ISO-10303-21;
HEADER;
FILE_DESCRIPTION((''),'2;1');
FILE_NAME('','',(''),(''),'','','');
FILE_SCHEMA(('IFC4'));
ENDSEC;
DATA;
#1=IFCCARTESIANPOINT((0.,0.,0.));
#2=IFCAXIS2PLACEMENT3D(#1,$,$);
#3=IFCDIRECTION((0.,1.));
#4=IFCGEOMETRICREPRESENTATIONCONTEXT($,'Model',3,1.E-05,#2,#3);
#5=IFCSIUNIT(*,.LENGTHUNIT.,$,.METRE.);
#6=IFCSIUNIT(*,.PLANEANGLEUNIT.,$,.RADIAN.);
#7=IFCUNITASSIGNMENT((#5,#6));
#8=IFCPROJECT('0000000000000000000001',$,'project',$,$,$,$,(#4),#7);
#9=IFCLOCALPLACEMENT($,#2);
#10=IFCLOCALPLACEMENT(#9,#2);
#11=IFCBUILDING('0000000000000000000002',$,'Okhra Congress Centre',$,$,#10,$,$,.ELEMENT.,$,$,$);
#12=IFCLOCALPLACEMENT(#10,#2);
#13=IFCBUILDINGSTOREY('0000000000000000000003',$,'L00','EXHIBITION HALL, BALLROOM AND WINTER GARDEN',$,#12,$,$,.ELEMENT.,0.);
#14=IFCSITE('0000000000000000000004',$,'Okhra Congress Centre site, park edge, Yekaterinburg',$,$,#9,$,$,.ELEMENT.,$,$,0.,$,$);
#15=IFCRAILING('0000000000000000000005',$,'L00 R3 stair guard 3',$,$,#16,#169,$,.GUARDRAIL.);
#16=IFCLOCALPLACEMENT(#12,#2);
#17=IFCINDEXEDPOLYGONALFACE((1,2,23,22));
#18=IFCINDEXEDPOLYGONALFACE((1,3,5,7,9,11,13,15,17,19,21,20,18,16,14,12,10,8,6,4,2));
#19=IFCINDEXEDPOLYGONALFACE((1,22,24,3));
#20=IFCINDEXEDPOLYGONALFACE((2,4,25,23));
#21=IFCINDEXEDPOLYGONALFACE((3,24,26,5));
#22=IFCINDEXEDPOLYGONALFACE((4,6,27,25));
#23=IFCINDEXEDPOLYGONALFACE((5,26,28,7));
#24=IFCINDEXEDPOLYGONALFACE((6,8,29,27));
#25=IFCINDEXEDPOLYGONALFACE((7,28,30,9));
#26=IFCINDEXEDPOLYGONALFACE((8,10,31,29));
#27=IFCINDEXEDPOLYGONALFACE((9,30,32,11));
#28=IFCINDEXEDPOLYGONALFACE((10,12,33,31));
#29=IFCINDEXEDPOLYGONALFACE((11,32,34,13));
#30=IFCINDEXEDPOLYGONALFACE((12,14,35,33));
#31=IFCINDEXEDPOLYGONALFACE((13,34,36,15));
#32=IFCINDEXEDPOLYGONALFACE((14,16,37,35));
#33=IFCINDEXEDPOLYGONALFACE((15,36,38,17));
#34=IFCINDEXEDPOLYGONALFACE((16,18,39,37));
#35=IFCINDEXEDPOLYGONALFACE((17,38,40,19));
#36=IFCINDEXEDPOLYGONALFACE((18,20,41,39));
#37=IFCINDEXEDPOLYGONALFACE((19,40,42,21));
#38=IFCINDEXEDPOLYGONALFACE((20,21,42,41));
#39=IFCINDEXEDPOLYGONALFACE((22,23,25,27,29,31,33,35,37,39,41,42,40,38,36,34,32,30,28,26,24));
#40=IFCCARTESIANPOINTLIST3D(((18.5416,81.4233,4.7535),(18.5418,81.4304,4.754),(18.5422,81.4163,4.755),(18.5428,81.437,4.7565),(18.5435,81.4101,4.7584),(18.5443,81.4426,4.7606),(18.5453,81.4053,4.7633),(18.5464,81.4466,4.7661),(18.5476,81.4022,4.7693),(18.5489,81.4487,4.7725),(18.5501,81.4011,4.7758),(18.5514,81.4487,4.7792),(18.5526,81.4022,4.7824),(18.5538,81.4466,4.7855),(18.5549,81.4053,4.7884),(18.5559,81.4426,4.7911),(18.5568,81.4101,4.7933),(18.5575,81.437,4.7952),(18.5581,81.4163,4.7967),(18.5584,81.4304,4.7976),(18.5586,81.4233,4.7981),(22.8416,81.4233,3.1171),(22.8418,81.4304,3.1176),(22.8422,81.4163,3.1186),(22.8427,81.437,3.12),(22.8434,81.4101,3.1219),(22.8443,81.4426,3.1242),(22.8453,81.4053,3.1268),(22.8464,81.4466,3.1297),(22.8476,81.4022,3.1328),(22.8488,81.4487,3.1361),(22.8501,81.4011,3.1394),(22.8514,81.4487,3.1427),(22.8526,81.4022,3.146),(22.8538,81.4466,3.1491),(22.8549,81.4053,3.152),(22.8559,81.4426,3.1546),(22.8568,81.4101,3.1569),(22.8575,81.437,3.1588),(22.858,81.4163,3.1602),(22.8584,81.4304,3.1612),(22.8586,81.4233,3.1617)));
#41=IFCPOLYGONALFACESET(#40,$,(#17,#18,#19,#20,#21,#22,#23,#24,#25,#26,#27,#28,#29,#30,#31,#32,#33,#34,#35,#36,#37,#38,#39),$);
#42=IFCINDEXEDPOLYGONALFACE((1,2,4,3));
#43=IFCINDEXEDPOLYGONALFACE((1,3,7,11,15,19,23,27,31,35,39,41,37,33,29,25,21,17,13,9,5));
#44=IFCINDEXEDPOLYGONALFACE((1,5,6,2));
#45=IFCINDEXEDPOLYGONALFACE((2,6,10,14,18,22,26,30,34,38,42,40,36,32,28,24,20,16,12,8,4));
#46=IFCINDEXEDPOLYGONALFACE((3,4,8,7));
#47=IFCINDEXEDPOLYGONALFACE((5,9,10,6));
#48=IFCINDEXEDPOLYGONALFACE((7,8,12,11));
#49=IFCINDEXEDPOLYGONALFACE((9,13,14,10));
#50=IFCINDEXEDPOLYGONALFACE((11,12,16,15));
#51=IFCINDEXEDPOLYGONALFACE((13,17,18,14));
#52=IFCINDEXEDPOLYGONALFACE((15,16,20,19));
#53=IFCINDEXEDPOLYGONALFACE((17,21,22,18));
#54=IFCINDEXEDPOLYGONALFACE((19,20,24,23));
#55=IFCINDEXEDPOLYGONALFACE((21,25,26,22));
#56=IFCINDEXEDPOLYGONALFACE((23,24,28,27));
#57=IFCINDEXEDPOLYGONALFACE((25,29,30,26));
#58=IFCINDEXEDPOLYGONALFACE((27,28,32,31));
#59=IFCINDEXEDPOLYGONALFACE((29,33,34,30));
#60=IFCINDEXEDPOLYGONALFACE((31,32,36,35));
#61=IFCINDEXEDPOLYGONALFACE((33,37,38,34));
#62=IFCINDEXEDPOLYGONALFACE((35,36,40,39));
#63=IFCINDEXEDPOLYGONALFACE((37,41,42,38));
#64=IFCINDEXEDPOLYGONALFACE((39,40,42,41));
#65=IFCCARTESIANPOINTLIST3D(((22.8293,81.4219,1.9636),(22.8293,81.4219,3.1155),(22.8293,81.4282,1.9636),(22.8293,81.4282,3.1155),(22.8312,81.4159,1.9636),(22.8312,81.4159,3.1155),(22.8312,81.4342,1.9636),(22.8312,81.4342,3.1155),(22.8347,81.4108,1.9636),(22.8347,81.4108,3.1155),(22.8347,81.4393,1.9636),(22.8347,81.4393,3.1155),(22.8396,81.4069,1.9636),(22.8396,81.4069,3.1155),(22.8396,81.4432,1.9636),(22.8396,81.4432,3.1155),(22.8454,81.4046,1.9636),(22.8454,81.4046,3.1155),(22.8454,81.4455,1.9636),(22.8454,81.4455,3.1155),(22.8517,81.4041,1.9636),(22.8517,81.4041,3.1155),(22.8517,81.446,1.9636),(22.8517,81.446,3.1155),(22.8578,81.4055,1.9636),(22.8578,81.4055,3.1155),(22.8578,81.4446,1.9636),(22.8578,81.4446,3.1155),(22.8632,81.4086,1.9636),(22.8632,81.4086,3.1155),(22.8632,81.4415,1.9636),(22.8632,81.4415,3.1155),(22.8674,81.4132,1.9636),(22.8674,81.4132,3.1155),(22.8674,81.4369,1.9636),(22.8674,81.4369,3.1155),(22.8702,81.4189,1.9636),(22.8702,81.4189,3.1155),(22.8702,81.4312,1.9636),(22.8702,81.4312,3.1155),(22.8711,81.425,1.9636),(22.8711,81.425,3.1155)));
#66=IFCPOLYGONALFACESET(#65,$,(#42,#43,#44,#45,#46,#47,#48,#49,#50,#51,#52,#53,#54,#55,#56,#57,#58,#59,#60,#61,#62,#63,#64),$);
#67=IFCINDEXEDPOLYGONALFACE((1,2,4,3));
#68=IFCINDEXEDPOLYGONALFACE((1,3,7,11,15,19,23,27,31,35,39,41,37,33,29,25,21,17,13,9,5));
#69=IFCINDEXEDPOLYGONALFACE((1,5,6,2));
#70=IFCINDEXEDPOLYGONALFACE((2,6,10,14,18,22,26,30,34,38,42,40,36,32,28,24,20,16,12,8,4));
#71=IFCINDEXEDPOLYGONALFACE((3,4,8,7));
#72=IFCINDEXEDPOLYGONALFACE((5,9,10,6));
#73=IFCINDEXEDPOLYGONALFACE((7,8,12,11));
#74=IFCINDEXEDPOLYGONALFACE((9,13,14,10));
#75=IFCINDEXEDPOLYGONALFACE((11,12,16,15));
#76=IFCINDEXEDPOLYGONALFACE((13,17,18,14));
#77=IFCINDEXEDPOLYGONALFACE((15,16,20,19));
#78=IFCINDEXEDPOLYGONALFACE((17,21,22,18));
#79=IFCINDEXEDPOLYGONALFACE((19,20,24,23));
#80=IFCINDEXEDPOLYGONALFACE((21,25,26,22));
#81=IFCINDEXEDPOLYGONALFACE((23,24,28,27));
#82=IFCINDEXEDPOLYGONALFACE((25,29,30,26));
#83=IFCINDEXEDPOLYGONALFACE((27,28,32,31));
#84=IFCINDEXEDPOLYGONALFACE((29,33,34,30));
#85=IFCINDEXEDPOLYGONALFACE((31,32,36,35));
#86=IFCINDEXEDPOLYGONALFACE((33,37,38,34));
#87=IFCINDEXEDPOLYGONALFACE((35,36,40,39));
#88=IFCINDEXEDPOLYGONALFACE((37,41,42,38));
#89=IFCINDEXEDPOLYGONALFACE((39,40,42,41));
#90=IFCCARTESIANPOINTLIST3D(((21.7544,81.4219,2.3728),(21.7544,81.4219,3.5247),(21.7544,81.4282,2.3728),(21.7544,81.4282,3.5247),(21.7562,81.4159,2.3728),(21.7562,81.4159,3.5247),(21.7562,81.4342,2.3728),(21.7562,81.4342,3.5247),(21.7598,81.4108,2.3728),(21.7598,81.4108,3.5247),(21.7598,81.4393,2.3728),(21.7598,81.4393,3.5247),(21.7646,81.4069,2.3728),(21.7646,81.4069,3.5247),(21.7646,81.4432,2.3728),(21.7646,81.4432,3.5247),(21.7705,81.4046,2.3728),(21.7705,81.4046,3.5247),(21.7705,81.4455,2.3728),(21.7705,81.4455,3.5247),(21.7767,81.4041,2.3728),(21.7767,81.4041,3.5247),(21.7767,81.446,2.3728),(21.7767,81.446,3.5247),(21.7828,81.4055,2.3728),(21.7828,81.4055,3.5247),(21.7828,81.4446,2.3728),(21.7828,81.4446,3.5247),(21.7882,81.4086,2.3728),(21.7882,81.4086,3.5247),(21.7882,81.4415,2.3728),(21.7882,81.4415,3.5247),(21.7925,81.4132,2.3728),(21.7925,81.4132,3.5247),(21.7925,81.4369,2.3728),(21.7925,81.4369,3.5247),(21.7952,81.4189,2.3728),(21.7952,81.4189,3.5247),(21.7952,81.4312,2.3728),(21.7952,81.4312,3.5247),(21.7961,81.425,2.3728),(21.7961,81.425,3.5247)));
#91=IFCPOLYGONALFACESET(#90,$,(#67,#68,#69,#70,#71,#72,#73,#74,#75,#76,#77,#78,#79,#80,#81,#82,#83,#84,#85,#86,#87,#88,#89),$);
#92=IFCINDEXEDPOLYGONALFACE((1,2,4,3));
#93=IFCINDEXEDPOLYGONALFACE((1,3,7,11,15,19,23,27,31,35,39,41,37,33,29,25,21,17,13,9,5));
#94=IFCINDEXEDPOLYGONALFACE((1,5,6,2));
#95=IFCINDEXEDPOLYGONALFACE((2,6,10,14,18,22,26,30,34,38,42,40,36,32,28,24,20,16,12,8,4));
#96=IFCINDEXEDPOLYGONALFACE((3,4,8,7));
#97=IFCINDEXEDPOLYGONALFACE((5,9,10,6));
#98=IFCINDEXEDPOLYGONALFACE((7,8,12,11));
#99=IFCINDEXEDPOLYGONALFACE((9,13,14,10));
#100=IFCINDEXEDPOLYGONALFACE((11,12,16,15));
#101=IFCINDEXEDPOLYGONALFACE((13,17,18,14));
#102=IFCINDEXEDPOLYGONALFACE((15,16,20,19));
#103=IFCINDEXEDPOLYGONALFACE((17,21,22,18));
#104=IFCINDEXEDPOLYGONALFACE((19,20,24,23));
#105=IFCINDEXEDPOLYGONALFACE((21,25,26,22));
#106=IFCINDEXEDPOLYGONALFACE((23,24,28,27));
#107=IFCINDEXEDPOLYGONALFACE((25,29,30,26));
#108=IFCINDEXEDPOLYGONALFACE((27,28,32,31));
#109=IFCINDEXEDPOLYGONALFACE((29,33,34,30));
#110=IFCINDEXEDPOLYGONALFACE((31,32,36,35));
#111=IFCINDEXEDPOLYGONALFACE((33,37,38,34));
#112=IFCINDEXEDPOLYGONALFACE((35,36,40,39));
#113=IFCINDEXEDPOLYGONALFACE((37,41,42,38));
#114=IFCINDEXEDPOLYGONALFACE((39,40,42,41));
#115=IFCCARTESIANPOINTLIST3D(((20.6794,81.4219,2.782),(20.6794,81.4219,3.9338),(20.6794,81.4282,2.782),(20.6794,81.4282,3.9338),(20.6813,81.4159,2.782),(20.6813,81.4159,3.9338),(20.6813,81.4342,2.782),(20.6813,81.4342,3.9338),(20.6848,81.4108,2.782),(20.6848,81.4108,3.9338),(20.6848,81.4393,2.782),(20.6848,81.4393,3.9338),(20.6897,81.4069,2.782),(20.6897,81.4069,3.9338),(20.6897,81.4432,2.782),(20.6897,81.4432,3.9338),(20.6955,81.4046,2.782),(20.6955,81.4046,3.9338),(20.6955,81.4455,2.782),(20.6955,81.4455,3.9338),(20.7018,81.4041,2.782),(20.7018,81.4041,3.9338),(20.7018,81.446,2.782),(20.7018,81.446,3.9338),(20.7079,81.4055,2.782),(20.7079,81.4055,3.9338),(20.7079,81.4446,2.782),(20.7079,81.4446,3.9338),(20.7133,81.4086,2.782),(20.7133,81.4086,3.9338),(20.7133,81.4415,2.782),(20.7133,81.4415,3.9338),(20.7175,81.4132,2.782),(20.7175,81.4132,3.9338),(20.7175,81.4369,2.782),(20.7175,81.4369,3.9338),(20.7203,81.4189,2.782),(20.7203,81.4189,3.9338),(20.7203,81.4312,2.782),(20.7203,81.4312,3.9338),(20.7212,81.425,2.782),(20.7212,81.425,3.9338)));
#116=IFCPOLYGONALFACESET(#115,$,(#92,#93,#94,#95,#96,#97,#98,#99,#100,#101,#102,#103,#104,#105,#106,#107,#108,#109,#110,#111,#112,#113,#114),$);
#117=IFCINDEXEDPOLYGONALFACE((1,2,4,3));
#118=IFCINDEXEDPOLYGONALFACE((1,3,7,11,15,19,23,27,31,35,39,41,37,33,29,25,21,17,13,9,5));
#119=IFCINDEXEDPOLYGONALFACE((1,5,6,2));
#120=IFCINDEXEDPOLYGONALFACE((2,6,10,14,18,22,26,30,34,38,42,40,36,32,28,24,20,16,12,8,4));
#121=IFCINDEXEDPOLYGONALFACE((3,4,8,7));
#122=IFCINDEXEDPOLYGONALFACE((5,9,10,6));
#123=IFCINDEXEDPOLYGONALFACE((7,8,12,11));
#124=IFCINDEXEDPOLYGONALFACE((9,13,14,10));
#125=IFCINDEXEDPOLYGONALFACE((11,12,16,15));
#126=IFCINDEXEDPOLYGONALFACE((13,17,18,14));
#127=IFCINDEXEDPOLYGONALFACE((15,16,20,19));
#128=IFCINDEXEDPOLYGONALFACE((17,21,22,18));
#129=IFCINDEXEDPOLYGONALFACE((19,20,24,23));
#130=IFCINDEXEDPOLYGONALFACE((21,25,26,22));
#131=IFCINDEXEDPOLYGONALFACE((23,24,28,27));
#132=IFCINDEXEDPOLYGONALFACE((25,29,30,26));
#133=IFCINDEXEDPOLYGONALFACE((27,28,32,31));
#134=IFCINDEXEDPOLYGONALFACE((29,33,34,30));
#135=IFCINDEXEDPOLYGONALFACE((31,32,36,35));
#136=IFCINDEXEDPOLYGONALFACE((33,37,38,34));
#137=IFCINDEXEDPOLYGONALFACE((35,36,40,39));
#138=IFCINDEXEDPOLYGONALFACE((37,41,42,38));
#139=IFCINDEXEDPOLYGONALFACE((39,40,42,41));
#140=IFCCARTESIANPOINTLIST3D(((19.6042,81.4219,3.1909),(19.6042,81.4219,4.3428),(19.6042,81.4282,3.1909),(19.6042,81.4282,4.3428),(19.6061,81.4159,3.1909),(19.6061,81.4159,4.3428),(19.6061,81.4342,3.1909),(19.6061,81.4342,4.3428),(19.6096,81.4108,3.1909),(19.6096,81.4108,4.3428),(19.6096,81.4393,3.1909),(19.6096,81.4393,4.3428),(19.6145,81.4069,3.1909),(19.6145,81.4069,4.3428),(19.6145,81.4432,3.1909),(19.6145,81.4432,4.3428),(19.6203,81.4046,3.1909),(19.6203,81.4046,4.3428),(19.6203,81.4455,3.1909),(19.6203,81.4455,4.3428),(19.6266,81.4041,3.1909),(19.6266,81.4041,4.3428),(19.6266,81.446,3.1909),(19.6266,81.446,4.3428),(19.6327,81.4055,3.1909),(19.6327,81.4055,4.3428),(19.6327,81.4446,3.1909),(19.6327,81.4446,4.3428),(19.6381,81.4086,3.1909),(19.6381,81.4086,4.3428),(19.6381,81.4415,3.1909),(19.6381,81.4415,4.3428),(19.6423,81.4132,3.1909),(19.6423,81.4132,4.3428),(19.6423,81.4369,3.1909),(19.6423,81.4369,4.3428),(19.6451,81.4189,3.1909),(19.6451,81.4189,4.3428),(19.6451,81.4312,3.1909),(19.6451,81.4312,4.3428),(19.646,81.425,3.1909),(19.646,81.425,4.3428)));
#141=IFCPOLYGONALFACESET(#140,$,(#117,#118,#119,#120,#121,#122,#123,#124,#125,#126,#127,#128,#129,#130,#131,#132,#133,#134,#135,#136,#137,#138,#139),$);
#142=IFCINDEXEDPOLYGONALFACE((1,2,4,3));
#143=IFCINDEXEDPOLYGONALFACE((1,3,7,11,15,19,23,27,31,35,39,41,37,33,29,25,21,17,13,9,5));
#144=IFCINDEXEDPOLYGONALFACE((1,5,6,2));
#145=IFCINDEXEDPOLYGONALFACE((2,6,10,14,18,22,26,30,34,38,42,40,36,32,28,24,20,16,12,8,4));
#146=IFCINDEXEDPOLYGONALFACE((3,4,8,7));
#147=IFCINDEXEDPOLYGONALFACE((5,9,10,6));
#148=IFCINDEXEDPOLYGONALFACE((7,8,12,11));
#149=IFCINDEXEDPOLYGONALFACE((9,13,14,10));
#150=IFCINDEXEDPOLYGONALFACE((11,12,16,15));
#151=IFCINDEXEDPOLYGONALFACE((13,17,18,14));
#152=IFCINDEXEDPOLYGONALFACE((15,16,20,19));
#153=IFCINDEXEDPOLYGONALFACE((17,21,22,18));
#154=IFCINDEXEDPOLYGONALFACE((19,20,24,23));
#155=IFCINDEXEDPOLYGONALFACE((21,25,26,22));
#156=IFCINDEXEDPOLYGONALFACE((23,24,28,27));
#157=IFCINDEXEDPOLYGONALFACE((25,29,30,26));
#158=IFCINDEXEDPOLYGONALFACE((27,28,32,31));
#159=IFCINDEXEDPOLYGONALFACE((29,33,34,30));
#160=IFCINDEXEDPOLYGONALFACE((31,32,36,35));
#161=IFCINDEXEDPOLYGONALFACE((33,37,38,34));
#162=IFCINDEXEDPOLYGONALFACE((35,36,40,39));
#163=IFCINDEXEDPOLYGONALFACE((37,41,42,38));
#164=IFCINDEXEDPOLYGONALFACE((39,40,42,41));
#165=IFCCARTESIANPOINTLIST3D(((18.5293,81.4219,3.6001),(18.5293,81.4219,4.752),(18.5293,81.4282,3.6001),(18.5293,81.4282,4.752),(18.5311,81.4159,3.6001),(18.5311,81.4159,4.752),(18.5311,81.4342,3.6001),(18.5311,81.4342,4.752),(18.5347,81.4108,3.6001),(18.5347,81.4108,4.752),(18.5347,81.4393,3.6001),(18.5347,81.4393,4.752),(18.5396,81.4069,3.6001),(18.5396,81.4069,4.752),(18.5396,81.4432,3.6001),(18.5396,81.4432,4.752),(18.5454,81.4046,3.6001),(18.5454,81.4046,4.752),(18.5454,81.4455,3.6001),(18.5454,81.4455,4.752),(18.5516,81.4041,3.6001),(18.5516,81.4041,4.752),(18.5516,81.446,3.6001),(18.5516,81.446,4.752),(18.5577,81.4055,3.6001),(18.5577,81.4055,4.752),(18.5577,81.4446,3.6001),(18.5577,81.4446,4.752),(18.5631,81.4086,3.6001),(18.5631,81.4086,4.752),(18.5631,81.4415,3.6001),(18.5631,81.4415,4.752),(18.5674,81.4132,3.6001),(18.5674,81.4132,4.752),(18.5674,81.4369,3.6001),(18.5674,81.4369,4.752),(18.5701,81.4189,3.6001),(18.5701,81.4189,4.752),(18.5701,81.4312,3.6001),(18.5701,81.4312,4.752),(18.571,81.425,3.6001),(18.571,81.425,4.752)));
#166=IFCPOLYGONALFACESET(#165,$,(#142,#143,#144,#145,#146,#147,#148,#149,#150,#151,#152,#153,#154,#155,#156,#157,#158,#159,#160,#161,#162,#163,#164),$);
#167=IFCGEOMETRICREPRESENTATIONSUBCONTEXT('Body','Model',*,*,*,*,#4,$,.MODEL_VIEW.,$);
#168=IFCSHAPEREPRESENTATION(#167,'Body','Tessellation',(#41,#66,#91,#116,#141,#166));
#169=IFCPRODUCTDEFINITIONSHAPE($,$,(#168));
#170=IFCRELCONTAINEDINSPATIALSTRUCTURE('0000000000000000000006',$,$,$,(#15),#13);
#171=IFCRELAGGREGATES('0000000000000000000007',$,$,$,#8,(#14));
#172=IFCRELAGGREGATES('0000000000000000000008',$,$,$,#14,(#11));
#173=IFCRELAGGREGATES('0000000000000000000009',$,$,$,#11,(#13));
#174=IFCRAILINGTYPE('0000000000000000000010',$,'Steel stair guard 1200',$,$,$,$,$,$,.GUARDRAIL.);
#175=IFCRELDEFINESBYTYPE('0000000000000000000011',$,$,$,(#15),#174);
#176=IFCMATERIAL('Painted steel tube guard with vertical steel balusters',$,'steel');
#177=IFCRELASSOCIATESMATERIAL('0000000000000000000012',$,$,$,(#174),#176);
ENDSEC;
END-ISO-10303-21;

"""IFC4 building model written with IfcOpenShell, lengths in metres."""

from ifc_helpers import new_model, si_unit, direction, frame, origin, origin_2d, place, context, subcontext, project, spatial, circle, extrude, material, type_object, element, save


model = new_model("IFC4")

# Units and contexts
model_context = context("Model", 3, precision=1e-05, world=origin(), true_north=direction((0.0, 1.0)))
body_context = subcontext(model_context, "Body", "Model", "MODEL_VIEW")
ifc_project = project(units=[si_unit("LENGTHUNIT", "METRE"), si_unit("PLANEANGLEUNIT", "RADIAN")], contexts=[model_context])

# Site, building, storey
site_placement = place(None, origin())
site = spatial("IfcSite", under=ifc_project, at=site_placement, Name="Okhra Congress Centre site, park edge, Yekaterinburg", CompositionType="ELEMENT", RefElevation=0.0)
building_placement = place(site_placement, origin())
building = spatial("IfcBuilding", under=site, at=building_placement, Name="Okhra Congress Centre", CompositionType="ELEMENT")
storey_placement = place(building_placement, origin())
storey = spatial("IfcBuildingStorey", under=building, at=storey_placement, Name="L00", Description="EXHIBITION HALL, BALLROOM AND WINTER GARDEN", CompositionType="ELEMENT", Elevation=0.0)

# Railing
ifc_material_1 = material(Name="Painted steel tube guard with vertical steel balusters", Category="steel")
railing_type_1 = type_object("IfcRailingType", Name="Steel stair guard 1200", PredefinedType="GUARDRAIL", material=ifc_material_1)
railing_1_placement = place(storey_placement, frame((22.8501, 81.425, 1.9636)))
element("IfcRailing", 1, at=railing_1_placement, inside=storey, type_object=railing_type_1, Name="L00 R3 stair guard 3", PredefinedType="GUARDRAIL", context=body_context, shape_type="SweptSolid", body=[
    extrude(circle(Radius=0.0239, at=origin_2d()), frame((0.0, 0.0, 1.1758), z_axis=(-0.934606, 0.0, 0.355684), x_axis=(0.0, -1.0, 0.0)), (0.0, 0.0, 1.0), 4.6008),
    extrude(circle(Radius=0.021, at=origin_2d()), origin(), (0.0, 0.0, 1.0), 1.1519),
    extrude(circle(Radius=0.021, at=origin_2d()), frame((-1.075, 0.0, 0.4092)), (0.0, 0.0, 1.0), 1.1519),
    extrude(circle(Radius=0.021, at=origin_2d()), frame((-2.1499, 0.0, 0.8184)), (0.0, 0.0, 1.0), 1.1519),
    extrude(circle(Radius=0.021, at=origin_2d()), frame((-3.2251, 0.0, 1.2273)), (0.0, 0.0, 1.0), 1.1519),
    extrude(circle(Radius=0.021, at=origin_2d()), frame((-4.3, 0.0, 1.6365)), (0.0, 0.0, 1.0), 1.1519),
])

save(model, "model.ifc")
